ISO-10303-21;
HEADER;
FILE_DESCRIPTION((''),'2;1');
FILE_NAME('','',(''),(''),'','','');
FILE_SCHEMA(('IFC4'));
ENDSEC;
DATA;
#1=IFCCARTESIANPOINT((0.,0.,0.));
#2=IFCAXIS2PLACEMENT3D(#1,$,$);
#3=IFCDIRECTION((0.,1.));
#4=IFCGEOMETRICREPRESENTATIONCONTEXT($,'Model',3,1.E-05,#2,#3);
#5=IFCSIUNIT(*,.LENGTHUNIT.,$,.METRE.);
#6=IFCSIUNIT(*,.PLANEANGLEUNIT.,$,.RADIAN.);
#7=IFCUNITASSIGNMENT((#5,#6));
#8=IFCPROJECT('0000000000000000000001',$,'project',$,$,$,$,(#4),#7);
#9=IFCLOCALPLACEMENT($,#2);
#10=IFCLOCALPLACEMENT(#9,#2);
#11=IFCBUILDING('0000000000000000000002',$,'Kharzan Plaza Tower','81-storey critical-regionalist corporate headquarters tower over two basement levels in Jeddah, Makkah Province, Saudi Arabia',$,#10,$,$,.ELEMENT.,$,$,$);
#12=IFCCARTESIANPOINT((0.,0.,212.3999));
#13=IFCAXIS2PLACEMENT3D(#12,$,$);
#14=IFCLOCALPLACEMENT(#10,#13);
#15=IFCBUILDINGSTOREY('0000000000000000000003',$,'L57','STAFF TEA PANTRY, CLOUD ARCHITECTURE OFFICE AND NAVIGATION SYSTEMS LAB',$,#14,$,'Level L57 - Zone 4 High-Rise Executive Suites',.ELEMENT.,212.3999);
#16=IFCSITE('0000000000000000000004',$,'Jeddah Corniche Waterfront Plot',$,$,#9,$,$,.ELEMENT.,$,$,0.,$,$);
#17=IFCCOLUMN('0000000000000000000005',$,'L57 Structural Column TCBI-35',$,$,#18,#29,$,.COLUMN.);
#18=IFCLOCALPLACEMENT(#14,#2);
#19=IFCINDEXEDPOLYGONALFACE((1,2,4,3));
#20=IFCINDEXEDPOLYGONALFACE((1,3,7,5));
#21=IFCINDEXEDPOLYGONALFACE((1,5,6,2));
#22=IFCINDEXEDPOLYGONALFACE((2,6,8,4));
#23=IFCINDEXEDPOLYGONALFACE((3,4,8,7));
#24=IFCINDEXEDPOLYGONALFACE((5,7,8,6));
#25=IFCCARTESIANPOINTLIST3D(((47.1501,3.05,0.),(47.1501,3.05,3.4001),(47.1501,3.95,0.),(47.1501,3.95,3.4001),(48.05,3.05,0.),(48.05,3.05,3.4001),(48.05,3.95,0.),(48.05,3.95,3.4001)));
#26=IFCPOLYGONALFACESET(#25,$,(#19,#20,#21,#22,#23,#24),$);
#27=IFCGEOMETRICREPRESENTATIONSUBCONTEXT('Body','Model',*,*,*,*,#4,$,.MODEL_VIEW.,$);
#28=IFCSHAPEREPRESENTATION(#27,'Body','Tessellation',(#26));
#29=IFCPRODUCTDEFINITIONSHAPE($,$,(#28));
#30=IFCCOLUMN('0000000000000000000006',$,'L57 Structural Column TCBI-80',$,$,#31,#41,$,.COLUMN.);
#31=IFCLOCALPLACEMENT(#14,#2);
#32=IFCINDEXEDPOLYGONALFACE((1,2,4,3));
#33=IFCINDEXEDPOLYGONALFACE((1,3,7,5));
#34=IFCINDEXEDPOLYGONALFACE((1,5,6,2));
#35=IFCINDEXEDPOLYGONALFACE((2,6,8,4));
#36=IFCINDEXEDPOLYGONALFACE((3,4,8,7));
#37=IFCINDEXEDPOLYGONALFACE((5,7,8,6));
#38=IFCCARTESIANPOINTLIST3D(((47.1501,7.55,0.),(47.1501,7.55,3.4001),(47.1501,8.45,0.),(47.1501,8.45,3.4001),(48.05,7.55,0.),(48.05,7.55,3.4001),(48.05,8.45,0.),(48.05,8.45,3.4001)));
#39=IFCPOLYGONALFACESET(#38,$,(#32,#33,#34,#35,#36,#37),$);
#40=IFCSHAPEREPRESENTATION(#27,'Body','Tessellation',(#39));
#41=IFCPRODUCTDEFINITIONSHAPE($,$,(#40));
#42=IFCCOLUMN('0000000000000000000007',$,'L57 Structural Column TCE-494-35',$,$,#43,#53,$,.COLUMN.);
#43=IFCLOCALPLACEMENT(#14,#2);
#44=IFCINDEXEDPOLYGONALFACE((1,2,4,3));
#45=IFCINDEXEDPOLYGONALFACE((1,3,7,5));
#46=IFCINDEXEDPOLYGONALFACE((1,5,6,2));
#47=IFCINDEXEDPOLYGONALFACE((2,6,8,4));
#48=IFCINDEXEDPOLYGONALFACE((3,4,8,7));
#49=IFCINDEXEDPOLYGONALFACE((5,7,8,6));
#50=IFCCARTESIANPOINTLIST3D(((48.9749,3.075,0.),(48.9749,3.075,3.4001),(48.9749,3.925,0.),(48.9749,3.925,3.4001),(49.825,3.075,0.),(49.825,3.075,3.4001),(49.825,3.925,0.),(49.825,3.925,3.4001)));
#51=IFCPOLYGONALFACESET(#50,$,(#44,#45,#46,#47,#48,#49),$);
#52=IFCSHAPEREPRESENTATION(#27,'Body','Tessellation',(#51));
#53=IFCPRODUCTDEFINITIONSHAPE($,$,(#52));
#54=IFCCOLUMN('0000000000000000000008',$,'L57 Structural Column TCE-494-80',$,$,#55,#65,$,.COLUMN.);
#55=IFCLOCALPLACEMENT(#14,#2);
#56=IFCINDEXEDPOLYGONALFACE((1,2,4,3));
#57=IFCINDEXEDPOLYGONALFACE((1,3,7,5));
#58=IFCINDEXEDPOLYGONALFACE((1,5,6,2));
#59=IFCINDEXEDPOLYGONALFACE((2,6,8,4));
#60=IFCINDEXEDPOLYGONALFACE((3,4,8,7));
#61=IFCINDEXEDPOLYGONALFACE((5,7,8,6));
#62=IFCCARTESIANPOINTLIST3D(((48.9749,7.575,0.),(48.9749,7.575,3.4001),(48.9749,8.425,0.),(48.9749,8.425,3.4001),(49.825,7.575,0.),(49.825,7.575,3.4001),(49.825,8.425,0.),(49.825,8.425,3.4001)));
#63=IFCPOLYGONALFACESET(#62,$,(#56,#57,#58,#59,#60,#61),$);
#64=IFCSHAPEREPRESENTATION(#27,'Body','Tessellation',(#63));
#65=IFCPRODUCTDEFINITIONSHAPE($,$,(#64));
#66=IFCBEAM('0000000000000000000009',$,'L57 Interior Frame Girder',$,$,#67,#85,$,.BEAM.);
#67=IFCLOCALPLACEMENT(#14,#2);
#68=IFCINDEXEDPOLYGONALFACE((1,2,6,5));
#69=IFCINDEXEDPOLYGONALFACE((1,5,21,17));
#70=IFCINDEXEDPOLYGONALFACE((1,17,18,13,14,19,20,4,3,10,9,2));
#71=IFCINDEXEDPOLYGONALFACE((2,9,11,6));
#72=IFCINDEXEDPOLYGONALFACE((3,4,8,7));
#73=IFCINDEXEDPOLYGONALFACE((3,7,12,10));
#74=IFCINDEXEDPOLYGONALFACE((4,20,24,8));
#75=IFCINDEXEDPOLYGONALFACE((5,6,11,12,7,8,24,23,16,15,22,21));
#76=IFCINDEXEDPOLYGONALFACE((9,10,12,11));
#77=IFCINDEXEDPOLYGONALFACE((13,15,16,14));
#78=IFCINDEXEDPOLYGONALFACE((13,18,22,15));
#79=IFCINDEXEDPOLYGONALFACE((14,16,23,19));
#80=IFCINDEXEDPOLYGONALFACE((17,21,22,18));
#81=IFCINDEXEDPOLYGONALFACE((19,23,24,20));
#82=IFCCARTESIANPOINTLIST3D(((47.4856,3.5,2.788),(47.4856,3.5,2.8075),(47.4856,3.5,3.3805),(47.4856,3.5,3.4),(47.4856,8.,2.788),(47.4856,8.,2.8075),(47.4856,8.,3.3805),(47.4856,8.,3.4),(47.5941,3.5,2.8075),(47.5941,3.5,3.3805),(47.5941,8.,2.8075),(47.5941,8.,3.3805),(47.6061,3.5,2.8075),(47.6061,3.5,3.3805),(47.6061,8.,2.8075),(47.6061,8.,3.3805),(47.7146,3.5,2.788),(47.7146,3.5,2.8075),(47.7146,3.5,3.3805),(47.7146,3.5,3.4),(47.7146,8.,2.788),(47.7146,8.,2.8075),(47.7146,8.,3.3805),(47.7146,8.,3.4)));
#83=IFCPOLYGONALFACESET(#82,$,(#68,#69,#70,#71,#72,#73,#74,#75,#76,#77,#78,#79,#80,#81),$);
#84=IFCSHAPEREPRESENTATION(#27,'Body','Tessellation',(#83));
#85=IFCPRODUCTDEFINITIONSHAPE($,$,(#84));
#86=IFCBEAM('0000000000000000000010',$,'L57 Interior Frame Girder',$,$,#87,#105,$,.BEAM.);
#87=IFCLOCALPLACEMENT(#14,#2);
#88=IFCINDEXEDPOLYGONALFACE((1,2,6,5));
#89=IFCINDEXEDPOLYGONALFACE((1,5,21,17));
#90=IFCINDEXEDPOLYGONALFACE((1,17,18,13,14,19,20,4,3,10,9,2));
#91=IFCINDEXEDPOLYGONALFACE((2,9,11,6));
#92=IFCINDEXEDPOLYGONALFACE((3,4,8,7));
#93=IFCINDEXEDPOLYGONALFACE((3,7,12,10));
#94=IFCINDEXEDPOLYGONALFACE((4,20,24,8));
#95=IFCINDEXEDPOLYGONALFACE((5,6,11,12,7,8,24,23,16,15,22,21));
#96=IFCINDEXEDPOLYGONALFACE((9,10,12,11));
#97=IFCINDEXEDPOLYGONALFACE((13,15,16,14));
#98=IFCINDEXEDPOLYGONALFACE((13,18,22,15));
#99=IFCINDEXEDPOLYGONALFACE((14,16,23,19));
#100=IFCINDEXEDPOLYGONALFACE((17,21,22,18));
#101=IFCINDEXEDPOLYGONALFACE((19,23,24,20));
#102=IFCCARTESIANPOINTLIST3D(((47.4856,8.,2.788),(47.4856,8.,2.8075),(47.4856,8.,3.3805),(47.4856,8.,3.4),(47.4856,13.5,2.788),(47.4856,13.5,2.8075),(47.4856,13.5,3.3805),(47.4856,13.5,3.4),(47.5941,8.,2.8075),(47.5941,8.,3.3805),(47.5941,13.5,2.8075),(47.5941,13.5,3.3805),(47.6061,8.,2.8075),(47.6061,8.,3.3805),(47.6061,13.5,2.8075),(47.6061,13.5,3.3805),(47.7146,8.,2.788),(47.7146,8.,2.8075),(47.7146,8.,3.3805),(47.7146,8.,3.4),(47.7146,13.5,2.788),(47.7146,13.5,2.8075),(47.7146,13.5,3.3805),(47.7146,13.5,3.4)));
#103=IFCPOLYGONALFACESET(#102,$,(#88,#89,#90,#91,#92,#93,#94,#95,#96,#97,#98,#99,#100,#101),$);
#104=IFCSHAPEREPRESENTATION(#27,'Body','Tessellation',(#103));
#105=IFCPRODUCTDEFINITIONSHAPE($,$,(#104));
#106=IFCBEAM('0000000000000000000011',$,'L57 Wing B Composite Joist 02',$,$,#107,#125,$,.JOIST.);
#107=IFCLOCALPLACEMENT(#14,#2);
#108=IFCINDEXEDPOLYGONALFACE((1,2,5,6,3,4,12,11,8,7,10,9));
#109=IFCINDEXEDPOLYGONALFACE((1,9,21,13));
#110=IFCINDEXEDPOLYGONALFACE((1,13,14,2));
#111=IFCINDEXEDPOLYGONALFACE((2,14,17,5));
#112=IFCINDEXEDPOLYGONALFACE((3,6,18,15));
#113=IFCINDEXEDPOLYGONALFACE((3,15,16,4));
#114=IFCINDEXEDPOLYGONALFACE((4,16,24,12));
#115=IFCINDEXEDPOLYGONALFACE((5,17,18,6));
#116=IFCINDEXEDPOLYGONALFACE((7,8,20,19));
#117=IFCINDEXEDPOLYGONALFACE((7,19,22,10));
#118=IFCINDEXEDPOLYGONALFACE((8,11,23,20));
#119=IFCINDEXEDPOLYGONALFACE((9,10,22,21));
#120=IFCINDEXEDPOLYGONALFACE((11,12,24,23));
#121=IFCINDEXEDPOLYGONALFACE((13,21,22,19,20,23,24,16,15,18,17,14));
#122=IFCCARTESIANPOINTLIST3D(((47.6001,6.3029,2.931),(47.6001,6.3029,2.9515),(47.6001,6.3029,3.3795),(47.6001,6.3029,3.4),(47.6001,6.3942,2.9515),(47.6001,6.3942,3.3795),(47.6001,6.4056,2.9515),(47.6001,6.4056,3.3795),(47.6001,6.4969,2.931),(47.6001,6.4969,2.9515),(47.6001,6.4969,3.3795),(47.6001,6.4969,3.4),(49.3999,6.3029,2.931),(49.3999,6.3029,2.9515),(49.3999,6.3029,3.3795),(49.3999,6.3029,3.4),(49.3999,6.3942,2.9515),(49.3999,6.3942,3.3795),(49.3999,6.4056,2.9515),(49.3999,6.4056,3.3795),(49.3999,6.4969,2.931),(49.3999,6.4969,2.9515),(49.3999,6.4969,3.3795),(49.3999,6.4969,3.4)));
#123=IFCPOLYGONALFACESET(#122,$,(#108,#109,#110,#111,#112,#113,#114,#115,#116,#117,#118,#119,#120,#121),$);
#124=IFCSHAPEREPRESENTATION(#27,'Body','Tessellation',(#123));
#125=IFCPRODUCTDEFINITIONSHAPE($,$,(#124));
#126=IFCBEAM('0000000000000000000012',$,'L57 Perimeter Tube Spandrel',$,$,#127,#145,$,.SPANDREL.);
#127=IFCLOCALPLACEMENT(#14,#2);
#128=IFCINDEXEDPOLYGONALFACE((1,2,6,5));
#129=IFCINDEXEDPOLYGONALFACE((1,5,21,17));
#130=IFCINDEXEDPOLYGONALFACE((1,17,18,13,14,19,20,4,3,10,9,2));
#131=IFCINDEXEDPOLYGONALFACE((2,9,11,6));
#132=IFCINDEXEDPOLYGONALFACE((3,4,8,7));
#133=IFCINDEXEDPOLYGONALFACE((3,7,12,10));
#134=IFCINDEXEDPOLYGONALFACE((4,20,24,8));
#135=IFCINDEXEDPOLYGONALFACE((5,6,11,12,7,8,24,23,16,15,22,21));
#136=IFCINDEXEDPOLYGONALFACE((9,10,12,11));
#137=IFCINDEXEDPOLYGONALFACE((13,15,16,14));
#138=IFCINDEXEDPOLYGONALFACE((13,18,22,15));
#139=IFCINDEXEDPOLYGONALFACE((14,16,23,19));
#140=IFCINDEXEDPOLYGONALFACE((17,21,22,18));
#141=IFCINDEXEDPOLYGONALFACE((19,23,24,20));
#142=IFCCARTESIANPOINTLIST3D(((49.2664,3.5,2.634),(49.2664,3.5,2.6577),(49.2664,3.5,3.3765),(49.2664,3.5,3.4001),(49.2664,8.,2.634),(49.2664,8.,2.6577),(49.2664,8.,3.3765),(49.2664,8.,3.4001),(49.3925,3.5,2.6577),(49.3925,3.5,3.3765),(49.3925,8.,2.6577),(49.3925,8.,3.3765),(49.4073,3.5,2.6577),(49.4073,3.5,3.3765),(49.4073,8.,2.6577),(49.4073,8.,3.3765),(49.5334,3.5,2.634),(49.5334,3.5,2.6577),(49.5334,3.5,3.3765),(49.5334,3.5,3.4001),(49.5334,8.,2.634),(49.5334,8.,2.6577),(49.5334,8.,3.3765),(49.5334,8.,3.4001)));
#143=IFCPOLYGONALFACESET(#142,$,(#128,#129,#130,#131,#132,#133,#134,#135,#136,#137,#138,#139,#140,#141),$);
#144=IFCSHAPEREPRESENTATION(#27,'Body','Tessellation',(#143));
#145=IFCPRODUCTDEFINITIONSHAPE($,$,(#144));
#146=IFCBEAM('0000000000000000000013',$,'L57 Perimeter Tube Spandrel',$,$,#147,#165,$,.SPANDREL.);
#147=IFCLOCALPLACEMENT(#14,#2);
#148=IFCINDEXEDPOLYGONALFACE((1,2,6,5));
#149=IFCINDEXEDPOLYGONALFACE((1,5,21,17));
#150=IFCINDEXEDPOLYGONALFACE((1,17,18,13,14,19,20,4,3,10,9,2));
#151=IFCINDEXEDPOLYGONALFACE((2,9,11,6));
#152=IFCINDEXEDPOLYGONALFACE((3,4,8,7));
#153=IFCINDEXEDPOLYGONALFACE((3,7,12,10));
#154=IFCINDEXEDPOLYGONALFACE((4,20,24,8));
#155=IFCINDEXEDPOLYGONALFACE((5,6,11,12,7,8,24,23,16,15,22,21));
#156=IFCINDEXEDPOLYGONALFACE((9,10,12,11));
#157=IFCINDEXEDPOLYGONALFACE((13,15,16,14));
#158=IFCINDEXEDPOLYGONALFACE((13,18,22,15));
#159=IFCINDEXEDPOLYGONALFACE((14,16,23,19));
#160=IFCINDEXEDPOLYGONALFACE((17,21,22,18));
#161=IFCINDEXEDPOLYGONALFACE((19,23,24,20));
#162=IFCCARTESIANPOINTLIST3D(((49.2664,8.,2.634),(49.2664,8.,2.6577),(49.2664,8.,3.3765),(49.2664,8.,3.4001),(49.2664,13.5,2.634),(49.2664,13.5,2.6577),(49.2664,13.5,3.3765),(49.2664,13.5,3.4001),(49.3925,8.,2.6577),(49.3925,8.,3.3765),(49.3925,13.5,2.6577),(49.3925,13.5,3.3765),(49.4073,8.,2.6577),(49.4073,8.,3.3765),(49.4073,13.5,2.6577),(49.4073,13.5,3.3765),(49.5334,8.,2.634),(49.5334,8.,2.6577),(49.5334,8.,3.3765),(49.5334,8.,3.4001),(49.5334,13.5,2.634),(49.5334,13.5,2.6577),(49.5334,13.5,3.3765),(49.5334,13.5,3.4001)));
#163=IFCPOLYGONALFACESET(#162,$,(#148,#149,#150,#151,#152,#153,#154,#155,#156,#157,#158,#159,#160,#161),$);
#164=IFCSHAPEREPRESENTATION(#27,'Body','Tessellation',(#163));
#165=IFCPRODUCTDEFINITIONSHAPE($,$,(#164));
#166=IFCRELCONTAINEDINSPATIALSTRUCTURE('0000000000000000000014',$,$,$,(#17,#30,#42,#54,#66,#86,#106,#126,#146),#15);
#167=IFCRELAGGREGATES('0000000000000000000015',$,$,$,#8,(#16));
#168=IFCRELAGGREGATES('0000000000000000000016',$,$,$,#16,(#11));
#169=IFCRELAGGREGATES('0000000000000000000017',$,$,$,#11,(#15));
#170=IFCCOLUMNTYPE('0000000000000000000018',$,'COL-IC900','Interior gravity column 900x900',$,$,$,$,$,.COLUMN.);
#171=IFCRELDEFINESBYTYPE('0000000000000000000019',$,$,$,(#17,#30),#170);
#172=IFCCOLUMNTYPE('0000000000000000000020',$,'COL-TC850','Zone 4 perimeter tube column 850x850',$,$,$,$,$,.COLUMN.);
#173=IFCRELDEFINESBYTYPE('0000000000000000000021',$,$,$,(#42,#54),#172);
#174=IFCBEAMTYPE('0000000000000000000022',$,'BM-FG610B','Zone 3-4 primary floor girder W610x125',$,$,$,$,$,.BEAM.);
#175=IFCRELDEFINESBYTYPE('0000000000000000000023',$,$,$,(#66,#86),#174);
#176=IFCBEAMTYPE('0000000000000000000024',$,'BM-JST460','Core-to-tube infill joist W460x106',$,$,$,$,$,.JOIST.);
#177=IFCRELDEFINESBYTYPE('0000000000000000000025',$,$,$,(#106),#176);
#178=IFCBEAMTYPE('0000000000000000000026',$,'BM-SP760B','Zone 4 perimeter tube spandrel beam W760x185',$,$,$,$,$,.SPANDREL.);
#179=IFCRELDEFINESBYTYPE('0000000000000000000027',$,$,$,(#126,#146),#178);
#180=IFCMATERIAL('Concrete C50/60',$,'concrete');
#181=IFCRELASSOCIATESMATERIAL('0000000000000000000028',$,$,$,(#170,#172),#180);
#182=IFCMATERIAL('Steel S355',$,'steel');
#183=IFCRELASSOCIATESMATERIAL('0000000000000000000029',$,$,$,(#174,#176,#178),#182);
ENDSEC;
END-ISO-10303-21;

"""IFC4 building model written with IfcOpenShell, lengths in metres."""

from ifc_helpers import new_model, si_unit, direction, frame, origin, origin_2d, place, context, subcontext, project, spatial, rectangle, i_section, extrude, source, transform, mapped, material, material_profile, profile_set, type_object, element, save


model = new_model("IFC4")

# Units and contexts
model_context = context("Model", 3, precision=1e-05, world=origin(), true_north=direction((0.0, 1.0)))
body_context = subcontext(model_context, "Body", "Model", "MODEL_VIEW")
ifc_project = project(units=[si_unit("LENGTHUNIT", "METRE"), si_unit("PLANEANGLEUNIT", "RADIAN")], contexts=[model_context])

# Site, building, storey
site_placement = place(None, origin())
site = spatial("IfcSite", under=ifc_project, at=site_placement, Name="Jeddah Corniche Waterfront Plot", CompositionType="ELEMENT", RefElevation=0.0)
building_placement = place(site_placement, origin())
building = spatial("IfcBuilding", under=site, at=building_placement, Name="Kharzan Plaza Tower", Description="81-storey critical-regionalist corporate headquarters tower over two basement levels in Jeddah, Makkah Province, Saudi Arabia", CompositionType="ELEMENT")
storey_placement = place(building_placement, frame((0.0, 0.0, 212.3999)))
storey = spatial("IfcBuildingStorey", under=building, at=storey_placement, Name="L57", Description="STAFF TEA PANTRY, CLOUD ARCHITECTURE OFFICE AND NAVIGATION SYSTEMS LAB", LongName="Level L57 - Zone 4 High-Rise Executive Suites", CompositionType="ELEMENT", Elevation=212.3999)

# Columns
ifc_material_1 = material(Name="Concrete C50/60", Category="concrete")
ifc_material_profile_1 = material_profile(ifc_material_1, rectangle(XDim=0.8999, YDim=0.8999, at=origin_2d()), Name="RC-IC900x900")
ifc_profile_set_1 = profile_set([ifc_material_profile_1], Name="Concrete C50/60")
column_type_1 = type_object("IfcColumnType", Name="COL-IC900", Description="Interior gravity column 900x900", PredefinedType="COLUMN", material=ifc_profile_set_1)
shared_shape_1 = source(origin(), body_context, "Body", "SweptSolid", [
    extrude(rectangle(XDim=0.8999, YDim=0.8999, at=origin_2d()), origin(), (0.0, 0.0, 1.0), 3.4001),
])
for number, where, z_axis, x_axis, name in (
    (1, (47.6001, 3.5, 0.0), (0.0, 0.0, 1.0), (1.0, 0.0, 0.0), "L57 Structural Column TCBI-35"),
    (2, (47.6001, 8.0, 0.0), (0.0, 0.0, 1.0), (1.0, 0.0, 0.0), "L57 Structural Column TCBI-80"),
):
    element("IfcColumn", number, at=place(storey_placement, frame(where, z_axis=z_axis, x_axis=x_axis)), inside=storey, type_object=column_type_1, Name=name, PredefinedType="COLUMN", context=body_context, shape_type="MappedRepresentation", body=[
        mapped(shared_shape_1, transform((0.0, 0.0, 0.0), x_axis=(1.0, 0.0, 0.0), y_axis=(0.0, 1.0, 0.0), z_axis=(0.0, 0.0, 1.0))),
    ])
ifc_material_profile_2 = material_profile(ifc_material_1, rectangle(XDim=0.8501, YDim=0.8501, at=origin_2d()), Name="RC-TC850x850")
ifc_profile_set_2 = profile_set([ifc_material_profile_2], Name="Concrete C50/60")
column_type_2 = type_object("IfcColumnType", Name="COL-TC850", Description="Zone 4 perimeter tube column 850x850", PredefinedType="COLUMN", material=ifc_profile_set_2)
shared_shape_2 = source(origin(), body_context, "Body", "SweptSolid", [
    extrude(rectangle(XDim=0.8501, YDim=0.8501, at=origin_2d()), origin(), (0.0, 0.0, 1.0), 3.4001),
])
for number, where, z_axis, x_axis, name in (
    (3, (49.3999, 3.5, 0.0), (0.0, 0.0, 1.0), (1.0, 0.0, 0.0), "L57 Structural Column TCE-494-35"),
    (4, (49.3999, 8.0, 0.0), (0.0, 0.0, 1.0), (1.0, 0.0, 0.0), "L57 Structural Column TCE-494-80"),
):
    element("IfcColumn", number, at=place(storey_placement, frame(where, z_axis=z_axis, x_axis=x_axis)), inside=storey, type_object=column_type_2, Name=name, PredefinedType="COLUMN", context=body_context, shape_type="MappedRepresentation", body=[
        mapped(shared_shape_2, transform((0.0, 0.0, 0.0), x_axis=(1.0, 0.0, 0.0), y_axis=(0.0, 1.0, 0.0), z_axis=(0.0, 0.0, 1.0))),
    ])

# Beams
ifc_material_2 = material(Name="Steel S355", Category="steel")
ifc_material_profile_3 = material_profile(ifc_material_2, i_section(OverallWidth=0.229, OverallDepth=0.6121, WebThickness=0.012, FlangeThickness=0.0195, at=origin_2d()), Name="W610x125")
ifc_profile_set_3 = profile_set([ifc_material_profile_3], Name="Steel S355")
beam_type_1 = type_object("IfcBeamType", Name="BM-FG610B", Description="Zone 3-4 primary floor girder W610x125", PredefinedType="BEAM", material=ifc_profile_set_3)
shared_shape_3 = source(origin(), body_context, "Body", "SweptSolid", [
    extrude(i_section(OverallWidth=0.229, OverallDepth=0.6121, WebThickness=0.012, FlangeThickness=0.0195, at=origin_2d()), origin(), (0.0, 0.0, 1.0), 4.5),
])
beam_1_placement = place(storey_placement, frame((47.6001, 3.5, 3.094), z_axis=(0.0, 1.0, 0.0), x_axis=(-1.0, 0.0, 0.0)))
element("IfcBeam", 5, at=beam_1_placement, inside=storey, type_object=beam_type_1, Name="L57 Interior Frame Girder", PredefinedType="BEAM", context=body_context, shape_type="MappedRepresentation", body=[
    mapped(shared_shape_3, transform((0.0, 0.0, 0.0), x_axis=(1.0, 0.0, 0.0), y_axis=(0.0, 1.0, 0.0), z_axis=(0.0, 0.0, 1.0))),
])
shared_shape_4 = source(origin(), body_context, "Body", "SweptSolid", [
    extrude(i_section(OverallWidth=0.229, OverallDepth=0.6121, WebThickness=0.012, FlangeThickness=0.0195, at=origin_2d()), origin(), (0.0, 0.0, 1.0), 5.5),
])
beam_2_placement = place(storey_placement, frame((47.6001, 8.0, 3.094), z_axis=(0.0, 1.0, 0.0), x_axis=(-1.0, 0.0, 0.0)))
element("IfcBeam", 6, at=beam_2_placement, inside=storey, type_object=beam_type_1, Name="L57 Interior Frame Girder", PredefinedType="BEAM", context=body_context, shape_type="MappedRepresentation", body=[
    mapped(shared_shape_4, transform((0.0, 0.0, 0.0), x_axis=(1.0, 0.0, 0.0), y_axis=(0.0, 1.0, 0.0), z_axis=(0.0, 0.0, 1.0))),
])
ifc_material_profile_4 = material_profile(ifc_material_2, i_section(OverallWidth=0.1941, OverallDepth=0.469, WebThickness=0.0115, FlangeThickness=0.0205, at=origin_2d()), Name="W460x106")
ifc_profile_set_4 = profile_set([ifc_material_profile_4], Name="Steel S355")
beam_type_2 = type_object("IfcBeamType", Name="BM-JST460", Description="Core-to-tube infill joist W460x106", PredefinedType="JOIST", material=ifc_profile_set_4)
shared_shape_5 = source(origin(), body_context, "Body", "SweptSolid", [
    extrude(i_section(OverallWidth=0.1941, OverallDepth=0.469, WebThickness=0.0115, FlangeThickness=0.0205, at=origin_2d()), origin(), (0.0, 0.0, 1.0), 1.7998),
])
beam_3_placement = place(storey_placement, frame((47.6001, 6.3999, 3.1655), z_axis=(1.0, 0.0, 0.0), x_axis=(0.0, 1.0, 0.0)))
element("IfcBeam", 7, at=beam_3_placement, inside=storey, type_object=beam_type_2, Name="L57 Wing B Composite Joist 02", PredefinedType="JOIST", context=body_context, shape_type="MappedRepresentation", body=[
    mapped(shared_shape_5, transform((0.0, 0.0, 0.0), x_axis=(1.0, 0.0, 0.0), y_axis=(0.0, 1.0, 0.0), z_axis=(0.0, 0.0, 1.0))),
])
ifc_material_profile_5 = material_profile(ifc_material_2, i_section(OverallWidth=0.2671, OverallDepth=0.7661, WebThickness=0.0149, FlangeThickness=0.0237, at=origin_2d()), Name="W760x185")
ifc_profile_set_5 = profile_set([ifc_material_profile_5], Name="Steel S355")
beam_type_3 = type_object("IfcBeamType", Name="BM-SP760B", Description="Zone 4 perimeter tube spandrel beam W760x185", PredefinedType="SPANDREL", material=ifc_profile_set_5)
shared_shape_6 = source(origin(), body_context, "Body", "SweptSolid", [
    extrude(i_section(OverallWidth=0.2671, OverallDepth=0.7661, WebThickness=0.0149, FlangeThickness=0.0237, at=origin_2d()), origin(), (0.0, 0.0, 1.0), 4.5),
])
beam_4_placement = place(storey_placement, frame((49.3999, 3.5, 3.0171), z_axis=(0.0, 1.0, 0.0), x_axis=(-1.0, 0.0, 0.0)))
element("IfcBeam", 8, at=beam_4_placement, inside=storey, type_object=beam_type_3, Name="L57 Perimeter Tube Spandrel", PredefinedType="SPANDREL", context=body_context, shape_type="MappedRepresentation", body=[
    mapped(shared_shape_6, transform((0.0, 0.0, 0.0), x_axis=(1.0, 0.0, 0.0), y_axis=(0.0, 1.0, 0.0), z_axis=(0.0, 0.0, 1.0))),
])
shared_shape_7 = source(origin(), body_context, "Body", "SweptSolid", [
    extrude(i_section(OverallWidth=0.2671, OverallDepth=0.7661, WebThickness=0.0149, FlangeThickness=0.0237, at=origin_2d()), origin(), (0.0, 0.0, 1.0), 5.5),
])
beam_5_placement = place(storey_placement, frame((49.3999, 8.0, 3.0171), z_axis=(0.0, 1.0, 0.0), x_axis=(-1.0, 0.0, 0.0)))
element("IfcBeam", 9, at=beam_5_placement, inside=storey, type_object=beam_type_3, Name="L57 Perimeter Tube Spandrel", PredefinedType="SPANDREL", context=body_context, shape_type="MappedRepresentation", body=[
    mapped(shared_shape_7, transform((0.0, 0.0, 0.0), x_axis=(1.0, 0.0, 0.0), y_axis=(0.0, 1.0, 0.0), z_axis=(0.0, 0.0, 1.0))),
])

save(model, "model.ifc")
